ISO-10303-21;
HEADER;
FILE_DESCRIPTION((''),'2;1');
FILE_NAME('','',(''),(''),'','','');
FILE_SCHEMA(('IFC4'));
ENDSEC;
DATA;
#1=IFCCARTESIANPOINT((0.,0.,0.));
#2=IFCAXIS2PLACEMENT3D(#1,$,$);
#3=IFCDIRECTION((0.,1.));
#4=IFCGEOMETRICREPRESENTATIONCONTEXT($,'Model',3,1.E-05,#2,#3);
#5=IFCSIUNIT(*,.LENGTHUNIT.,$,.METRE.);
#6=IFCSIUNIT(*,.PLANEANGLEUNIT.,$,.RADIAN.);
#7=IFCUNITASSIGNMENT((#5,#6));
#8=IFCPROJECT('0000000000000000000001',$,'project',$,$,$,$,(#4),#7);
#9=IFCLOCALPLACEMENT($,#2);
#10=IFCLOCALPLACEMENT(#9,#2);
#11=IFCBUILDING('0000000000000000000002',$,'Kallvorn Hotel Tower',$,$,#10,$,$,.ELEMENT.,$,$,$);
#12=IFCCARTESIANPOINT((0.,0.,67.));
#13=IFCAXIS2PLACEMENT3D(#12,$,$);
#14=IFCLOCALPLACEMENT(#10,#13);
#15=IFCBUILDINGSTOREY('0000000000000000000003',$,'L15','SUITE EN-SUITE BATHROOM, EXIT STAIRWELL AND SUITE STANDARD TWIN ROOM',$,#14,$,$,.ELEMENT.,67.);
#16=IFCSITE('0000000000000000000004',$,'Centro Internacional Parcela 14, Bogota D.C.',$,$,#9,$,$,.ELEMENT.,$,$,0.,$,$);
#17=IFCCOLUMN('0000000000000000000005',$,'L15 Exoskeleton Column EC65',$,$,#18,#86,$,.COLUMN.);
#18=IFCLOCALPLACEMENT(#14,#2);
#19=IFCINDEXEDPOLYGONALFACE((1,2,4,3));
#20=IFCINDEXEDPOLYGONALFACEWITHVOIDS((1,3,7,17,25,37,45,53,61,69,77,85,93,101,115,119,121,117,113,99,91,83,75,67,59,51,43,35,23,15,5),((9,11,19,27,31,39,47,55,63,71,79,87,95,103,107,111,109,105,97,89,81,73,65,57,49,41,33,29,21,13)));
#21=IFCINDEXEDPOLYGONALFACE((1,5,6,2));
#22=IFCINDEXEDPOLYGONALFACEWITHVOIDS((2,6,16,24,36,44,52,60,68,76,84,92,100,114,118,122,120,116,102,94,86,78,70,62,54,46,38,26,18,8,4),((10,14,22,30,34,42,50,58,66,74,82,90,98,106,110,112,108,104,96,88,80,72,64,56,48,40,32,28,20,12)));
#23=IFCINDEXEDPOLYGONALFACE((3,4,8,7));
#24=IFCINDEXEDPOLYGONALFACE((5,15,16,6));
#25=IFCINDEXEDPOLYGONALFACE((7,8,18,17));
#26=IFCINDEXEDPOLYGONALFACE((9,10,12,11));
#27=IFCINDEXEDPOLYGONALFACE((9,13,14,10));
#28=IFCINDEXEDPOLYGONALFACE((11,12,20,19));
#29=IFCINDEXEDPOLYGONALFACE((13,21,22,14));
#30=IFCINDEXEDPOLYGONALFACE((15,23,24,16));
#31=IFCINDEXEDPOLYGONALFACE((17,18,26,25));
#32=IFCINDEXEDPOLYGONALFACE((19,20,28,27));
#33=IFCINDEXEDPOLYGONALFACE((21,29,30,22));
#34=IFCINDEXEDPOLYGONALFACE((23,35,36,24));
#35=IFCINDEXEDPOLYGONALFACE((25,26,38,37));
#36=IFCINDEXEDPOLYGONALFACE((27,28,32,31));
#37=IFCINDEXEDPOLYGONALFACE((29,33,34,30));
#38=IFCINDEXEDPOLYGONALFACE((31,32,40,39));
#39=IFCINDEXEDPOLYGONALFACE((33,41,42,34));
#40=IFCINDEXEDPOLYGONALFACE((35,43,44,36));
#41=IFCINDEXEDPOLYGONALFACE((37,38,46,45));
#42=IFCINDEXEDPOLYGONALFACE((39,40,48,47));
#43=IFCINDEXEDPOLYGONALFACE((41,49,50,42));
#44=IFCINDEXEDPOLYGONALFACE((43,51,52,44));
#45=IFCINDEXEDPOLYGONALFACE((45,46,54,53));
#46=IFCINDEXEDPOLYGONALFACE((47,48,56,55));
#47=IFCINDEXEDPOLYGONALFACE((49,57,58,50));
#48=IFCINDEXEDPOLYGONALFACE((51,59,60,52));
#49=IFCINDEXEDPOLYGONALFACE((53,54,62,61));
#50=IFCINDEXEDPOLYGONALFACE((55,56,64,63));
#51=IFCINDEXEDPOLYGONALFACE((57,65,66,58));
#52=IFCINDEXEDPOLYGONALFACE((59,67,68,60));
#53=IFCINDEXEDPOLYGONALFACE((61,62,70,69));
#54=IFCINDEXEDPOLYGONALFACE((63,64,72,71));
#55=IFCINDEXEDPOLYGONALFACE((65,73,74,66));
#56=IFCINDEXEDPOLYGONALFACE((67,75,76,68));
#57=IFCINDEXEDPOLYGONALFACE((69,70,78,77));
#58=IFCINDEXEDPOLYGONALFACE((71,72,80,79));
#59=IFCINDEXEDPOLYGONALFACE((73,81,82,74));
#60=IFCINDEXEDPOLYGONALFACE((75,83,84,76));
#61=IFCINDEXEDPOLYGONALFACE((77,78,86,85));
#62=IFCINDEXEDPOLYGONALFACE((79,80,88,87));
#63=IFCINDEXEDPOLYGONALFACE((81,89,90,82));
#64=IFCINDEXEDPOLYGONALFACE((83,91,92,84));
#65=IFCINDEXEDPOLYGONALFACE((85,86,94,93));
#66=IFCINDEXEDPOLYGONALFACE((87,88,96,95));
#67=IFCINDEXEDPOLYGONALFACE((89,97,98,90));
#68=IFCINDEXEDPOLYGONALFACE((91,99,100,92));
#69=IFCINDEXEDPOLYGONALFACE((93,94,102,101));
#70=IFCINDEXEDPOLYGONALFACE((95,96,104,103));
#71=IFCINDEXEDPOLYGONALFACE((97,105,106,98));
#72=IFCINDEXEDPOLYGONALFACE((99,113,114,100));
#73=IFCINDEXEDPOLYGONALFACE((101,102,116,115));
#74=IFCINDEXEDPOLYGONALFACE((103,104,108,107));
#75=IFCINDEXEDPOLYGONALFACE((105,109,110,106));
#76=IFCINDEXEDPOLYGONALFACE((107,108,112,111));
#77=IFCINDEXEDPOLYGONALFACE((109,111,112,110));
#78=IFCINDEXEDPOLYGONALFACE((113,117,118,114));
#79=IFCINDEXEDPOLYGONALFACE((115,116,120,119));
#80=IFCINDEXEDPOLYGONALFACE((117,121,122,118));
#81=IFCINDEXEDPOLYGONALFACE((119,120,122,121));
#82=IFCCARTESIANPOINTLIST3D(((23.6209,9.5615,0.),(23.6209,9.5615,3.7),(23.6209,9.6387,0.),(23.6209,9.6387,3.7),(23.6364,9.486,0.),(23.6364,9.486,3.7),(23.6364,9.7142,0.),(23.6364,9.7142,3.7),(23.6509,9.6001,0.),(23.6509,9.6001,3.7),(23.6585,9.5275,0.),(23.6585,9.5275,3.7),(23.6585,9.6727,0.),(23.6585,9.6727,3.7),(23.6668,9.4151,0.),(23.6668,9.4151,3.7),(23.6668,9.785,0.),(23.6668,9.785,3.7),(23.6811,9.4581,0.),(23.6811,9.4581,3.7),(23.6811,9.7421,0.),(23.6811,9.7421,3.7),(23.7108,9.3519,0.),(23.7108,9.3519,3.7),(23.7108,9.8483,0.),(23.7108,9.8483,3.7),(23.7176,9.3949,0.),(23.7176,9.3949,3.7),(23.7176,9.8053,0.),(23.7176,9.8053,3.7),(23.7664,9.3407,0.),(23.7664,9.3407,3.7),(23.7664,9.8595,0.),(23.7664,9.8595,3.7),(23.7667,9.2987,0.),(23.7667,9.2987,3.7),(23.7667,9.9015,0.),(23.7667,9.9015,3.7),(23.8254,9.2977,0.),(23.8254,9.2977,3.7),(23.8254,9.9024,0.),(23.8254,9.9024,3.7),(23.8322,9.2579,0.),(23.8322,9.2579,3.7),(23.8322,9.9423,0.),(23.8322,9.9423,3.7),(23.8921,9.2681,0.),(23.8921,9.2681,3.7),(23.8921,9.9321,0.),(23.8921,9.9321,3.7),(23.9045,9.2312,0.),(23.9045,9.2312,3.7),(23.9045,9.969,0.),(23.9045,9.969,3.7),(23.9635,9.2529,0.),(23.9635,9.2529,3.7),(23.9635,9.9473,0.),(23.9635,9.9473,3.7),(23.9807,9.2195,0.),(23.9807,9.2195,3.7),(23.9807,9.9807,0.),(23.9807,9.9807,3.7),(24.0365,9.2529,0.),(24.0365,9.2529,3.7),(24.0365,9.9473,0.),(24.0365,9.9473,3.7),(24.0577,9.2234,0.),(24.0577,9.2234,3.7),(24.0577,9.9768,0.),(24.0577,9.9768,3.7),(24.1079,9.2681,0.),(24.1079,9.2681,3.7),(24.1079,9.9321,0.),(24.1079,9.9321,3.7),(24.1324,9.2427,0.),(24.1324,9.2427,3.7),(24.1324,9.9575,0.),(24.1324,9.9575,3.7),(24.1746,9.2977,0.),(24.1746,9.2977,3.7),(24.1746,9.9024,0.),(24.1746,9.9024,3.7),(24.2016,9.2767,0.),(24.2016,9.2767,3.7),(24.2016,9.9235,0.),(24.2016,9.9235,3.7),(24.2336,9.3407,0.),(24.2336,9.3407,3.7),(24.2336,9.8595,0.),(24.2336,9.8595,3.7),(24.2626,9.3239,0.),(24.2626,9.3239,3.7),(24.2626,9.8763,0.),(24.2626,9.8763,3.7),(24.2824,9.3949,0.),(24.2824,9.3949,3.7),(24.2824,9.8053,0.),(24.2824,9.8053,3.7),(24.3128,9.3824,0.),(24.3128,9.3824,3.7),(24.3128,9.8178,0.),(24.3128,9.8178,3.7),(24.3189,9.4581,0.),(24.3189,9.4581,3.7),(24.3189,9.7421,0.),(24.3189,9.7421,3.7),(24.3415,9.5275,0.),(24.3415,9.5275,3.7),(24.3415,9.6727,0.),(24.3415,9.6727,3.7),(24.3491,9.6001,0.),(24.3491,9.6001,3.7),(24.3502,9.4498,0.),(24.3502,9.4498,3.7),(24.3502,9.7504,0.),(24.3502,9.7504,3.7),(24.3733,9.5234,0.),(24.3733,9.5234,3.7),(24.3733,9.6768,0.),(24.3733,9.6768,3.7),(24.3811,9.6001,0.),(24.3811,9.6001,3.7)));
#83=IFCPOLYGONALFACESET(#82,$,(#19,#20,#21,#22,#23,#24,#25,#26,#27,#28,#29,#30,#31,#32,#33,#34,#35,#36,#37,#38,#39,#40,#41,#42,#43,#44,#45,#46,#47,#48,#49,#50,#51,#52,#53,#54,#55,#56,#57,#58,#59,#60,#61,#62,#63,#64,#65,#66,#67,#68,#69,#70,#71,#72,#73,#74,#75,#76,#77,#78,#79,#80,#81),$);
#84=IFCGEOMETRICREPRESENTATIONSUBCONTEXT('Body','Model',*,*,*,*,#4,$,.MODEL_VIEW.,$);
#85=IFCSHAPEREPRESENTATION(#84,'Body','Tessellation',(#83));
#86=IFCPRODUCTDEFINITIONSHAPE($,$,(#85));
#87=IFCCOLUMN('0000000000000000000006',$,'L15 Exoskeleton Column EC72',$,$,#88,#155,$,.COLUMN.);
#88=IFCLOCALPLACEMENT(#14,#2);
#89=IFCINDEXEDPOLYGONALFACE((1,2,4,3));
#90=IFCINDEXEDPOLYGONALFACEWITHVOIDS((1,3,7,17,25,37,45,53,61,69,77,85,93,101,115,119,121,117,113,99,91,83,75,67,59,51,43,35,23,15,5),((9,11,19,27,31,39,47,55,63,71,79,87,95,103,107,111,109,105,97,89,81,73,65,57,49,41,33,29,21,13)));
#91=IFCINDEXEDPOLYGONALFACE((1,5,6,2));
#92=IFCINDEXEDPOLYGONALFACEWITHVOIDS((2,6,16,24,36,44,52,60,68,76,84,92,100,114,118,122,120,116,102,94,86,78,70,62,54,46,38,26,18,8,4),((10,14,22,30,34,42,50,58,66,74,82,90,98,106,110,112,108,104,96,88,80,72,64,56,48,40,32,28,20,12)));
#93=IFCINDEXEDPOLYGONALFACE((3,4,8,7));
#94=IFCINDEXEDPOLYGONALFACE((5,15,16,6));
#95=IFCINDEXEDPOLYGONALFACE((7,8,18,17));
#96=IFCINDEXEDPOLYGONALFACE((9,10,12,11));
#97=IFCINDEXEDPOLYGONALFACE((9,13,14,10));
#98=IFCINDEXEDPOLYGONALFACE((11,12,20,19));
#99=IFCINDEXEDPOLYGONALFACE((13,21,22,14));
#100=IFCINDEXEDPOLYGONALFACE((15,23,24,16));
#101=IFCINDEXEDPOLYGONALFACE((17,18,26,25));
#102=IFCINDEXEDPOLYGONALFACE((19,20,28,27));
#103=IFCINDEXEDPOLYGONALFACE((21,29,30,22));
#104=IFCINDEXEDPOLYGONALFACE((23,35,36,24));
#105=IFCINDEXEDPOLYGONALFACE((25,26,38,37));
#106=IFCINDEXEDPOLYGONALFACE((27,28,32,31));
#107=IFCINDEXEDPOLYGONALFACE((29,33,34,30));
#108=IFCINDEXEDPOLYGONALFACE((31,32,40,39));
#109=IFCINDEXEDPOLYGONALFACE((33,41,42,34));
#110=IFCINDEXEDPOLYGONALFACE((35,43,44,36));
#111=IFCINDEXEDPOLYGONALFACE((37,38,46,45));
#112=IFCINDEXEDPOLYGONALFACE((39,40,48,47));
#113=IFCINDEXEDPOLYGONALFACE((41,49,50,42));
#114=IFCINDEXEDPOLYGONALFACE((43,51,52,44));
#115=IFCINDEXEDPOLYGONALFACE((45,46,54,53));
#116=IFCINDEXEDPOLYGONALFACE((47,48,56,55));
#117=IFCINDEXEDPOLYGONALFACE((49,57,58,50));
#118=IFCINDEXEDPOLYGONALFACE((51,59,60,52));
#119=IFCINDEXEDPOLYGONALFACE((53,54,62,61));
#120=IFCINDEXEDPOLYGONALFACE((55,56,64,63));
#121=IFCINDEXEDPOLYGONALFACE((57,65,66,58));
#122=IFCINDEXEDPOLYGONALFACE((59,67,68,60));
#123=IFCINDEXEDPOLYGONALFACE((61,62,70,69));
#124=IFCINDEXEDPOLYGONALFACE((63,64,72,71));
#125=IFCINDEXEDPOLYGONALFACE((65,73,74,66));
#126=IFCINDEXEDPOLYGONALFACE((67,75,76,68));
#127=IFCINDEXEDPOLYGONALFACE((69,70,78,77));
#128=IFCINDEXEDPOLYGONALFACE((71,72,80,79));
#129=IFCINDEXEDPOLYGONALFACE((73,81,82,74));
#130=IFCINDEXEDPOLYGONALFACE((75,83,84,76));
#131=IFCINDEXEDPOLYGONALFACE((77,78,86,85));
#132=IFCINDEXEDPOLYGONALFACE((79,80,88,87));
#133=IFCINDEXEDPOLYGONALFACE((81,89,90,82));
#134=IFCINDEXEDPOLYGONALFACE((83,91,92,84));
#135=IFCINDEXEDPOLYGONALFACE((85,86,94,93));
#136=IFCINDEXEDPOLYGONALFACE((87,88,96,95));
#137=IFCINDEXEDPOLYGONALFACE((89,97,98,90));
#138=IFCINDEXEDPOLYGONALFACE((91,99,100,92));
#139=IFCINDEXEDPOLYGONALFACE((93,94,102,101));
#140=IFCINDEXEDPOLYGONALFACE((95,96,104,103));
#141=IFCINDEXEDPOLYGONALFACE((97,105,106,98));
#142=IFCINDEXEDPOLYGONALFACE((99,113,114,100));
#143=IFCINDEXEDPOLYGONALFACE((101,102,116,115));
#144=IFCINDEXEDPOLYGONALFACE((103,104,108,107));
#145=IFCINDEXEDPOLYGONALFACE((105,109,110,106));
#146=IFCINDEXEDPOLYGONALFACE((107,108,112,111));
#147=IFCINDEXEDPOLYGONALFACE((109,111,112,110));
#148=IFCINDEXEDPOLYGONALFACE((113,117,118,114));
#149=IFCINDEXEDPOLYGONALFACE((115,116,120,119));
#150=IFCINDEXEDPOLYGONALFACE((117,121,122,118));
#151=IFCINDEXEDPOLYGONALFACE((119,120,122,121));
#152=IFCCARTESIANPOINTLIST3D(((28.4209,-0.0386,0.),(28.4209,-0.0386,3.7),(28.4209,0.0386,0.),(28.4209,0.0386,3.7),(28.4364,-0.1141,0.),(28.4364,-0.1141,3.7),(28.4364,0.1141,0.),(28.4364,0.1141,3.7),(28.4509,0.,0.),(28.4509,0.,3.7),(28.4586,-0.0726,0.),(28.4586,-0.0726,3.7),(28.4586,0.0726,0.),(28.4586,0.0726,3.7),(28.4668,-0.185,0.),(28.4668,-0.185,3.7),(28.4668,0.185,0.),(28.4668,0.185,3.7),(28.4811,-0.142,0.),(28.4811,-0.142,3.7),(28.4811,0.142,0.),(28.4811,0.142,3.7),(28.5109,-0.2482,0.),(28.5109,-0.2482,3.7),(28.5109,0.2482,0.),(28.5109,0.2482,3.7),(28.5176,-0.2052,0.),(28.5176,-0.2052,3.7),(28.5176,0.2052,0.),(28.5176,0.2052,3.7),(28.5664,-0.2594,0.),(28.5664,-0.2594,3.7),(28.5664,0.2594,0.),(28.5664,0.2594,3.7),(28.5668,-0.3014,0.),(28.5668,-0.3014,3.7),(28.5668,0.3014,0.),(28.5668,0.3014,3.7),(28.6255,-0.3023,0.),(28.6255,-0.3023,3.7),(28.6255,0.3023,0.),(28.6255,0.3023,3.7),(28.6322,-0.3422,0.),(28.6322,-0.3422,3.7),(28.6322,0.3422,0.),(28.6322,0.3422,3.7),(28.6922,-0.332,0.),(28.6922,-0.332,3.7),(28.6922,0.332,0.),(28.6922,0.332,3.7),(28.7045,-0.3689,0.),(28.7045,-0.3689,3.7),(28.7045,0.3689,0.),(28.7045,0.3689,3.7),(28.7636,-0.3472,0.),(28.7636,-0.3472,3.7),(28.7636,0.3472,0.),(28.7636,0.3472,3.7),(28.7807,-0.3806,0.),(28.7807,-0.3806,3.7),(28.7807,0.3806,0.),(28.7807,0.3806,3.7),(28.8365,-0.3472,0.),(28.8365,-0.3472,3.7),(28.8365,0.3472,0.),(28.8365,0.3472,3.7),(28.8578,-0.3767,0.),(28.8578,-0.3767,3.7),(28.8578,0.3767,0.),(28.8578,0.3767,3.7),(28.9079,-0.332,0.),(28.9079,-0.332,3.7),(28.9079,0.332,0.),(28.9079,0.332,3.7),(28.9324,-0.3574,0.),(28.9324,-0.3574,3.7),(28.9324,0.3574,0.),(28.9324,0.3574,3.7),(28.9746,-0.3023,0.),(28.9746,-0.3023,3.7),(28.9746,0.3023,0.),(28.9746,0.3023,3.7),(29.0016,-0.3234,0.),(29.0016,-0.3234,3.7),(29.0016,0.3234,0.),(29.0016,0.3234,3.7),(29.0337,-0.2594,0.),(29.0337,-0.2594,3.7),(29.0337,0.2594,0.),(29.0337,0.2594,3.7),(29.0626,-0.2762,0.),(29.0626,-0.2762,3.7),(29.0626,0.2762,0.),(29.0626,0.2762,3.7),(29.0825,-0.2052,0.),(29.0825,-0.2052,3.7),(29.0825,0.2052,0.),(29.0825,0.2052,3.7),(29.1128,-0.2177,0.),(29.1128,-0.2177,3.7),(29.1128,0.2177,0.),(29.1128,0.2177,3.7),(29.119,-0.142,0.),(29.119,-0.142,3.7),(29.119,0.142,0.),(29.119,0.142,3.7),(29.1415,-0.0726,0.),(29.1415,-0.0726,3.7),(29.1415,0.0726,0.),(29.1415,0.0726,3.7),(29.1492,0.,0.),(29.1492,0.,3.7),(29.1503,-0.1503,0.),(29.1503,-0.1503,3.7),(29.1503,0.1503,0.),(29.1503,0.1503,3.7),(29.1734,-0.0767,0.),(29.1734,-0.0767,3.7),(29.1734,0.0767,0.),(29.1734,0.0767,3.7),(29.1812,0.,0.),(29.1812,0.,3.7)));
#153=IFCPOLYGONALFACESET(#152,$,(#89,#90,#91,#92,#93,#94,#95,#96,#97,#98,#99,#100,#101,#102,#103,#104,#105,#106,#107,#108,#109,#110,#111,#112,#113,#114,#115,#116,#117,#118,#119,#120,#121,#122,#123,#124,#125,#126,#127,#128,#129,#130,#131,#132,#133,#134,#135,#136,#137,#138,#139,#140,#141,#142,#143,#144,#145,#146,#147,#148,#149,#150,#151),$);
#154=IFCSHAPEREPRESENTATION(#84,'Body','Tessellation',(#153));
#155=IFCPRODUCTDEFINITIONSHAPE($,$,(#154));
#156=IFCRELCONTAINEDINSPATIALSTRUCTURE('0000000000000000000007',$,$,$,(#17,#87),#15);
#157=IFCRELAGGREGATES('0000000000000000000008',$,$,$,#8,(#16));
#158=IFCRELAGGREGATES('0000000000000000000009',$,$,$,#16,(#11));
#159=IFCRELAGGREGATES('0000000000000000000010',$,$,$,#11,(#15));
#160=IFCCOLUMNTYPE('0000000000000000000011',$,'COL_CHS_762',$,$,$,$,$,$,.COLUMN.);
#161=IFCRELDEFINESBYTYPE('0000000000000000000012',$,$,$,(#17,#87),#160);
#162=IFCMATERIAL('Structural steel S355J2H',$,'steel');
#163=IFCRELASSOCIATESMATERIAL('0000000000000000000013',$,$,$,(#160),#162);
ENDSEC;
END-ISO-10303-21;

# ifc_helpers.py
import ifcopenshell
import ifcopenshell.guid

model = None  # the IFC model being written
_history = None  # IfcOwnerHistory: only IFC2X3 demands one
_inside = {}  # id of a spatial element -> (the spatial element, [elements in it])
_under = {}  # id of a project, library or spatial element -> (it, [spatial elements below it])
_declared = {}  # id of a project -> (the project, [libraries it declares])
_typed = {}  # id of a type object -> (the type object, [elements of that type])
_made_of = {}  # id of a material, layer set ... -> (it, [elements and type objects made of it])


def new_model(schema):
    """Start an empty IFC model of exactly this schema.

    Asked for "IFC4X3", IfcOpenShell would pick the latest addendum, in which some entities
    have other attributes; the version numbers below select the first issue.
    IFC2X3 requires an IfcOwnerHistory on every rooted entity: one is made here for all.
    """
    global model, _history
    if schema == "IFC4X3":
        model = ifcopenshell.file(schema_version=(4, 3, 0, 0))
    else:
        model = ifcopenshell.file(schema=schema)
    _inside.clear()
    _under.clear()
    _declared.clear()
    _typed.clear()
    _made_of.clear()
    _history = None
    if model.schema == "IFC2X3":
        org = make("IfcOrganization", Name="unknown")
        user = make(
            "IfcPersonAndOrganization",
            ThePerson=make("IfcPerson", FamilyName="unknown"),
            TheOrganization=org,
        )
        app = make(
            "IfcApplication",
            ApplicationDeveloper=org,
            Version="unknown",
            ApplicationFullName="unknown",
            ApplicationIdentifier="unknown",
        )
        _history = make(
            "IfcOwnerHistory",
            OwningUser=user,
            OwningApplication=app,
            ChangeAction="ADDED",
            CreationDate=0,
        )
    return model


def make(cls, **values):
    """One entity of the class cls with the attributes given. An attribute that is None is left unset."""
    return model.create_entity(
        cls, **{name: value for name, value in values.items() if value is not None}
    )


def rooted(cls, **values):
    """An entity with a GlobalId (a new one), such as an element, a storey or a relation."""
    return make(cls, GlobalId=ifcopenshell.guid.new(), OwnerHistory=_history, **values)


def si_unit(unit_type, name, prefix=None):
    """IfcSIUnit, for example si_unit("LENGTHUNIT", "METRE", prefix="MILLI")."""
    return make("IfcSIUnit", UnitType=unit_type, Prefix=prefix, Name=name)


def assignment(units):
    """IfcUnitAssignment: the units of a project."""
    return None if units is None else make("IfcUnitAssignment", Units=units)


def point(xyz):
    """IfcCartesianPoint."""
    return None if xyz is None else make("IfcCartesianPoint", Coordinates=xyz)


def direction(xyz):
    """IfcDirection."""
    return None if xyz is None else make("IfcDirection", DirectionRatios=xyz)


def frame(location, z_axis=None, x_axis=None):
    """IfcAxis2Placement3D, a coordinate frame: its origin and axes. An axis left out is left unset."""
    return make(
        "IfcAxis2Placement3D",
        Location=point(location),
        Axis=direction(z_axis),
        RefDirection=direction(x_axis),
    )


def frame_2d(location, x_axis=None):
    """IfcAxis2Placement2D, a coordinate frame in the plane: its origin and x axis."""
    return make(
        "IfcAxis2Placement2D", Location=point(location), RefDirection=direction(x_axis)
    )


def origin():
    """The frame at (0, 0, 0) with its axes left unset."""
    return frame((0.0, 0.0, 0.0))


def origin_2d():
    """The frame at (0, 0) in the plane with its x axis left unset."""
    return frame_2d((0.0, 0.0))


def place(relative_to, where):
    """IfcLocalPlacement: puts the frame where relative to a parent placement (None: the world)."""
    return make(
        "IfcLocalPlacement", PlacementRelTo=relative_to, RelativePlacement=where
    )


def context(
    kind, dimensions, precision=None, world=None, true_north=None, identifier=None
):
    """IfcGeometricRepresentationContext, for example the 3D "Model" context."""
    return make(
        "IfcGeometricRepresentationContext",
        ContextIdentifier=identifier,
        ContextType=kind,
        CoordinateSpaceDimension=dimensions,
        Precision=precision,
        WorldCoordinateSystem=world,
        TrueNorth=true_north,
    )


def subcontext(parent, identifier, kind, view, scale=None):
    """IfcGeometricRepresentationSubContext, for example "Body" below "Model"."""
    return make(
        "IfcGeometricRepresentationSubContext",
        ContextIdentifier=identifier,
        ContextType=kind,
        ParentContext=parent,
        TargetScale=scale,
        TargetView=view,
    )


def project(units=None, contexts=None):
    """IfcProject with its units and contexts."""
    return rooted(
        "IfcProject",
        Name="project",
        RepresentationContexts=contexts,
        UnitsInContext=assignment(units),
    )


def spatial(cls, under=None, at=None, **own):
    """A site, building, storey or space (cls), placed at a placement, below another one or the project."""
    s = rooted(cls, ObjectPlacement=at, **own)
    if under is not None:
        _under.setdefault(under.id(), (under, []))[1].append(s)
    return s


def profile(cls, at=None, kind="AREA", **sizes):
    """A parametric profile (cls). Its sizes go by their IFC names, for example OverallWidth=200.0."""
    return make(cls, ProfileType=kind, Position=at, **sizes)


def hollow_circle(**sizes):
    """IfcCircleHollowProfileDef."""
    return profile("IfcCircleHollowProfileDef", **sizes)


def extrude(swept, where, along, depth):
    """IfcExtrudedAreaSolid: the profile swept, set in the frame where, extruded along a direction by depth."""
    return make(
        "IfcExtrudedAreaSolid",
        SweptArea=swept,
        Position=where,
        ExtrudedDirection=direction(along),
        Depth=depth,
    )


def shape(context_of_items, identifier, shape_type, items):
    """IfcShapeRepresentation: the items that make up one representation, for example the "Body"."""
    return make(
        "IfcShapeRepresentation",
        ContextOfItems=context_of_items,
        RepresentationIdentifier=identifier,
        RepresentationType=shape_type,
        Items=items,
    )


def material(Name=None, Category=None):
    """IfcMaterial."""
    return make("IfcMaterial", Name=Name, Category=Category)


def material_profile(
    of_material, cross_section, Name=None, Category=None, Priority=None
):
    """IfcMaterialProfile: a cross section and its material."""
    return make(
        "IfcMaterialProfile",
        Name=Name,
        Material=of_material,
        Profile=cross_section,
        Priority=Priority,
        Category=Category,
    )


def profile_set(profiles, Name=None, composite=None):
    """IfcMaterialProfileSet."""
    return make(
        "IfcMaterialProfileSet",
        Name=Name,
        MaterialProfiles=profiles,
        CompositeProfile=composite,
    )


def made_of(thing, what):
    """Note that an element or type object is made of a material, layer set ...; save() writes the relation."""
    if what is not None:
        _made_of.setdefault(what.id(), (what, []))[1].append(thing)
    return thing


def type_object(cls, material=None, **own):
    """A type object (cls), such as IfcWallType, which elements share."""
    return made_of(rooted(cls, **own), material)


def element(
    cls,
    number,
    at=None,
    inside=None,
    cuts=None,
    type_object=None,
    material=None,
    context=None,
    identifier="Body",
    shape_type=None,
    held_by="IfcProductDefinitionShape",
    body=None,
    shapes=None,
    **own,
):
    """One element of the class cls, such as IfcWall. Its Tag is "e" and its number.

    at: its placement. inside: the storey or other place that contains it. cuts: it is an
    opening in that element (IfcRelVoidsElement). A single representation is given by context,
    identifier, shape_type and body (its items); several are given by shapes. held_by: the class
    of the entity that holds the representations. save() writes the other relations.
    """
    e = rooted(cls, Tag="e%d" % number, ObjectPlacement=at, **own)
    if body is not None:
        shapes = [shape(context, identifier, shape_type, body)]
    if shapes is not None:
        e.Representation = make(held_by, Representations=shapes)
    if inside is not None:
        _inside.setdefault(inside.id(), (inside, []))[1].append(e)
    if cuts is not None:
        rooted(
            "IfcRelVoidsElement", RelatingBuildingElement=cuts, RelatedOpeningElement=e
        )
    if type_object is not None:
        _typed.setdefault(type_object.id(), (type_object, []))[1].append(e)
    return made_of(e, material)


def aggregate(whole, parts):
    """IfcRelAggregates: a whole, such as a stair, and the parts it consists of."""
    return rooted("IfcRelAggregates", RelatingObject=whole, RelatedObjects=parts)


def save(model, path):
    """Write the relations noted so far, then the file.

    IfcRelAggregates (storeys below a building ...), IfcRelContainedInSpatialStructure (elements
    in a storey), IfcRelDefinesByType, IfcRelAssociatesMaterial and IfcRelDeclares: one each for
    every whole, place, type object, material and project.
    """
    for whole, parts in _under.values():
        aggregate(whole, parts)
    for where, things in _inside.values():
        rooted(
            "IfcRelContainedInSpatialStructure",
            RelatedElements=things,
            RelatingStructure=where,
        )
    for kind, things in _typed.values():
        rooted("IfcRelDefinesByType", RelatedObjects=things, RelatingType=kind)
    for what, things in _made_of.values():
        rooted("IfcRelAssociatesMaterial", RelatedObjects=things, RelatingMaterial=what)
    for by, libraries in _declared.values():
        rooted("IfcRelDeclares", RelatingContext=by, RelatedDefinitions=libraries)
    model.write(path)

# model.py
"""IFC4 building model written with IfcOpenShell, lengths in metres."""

from ifc_helpers import new_model, si_unit, direction, frame, origin, origin_2d, place, context, subcontext, project, spatial, hollow_circle, extrude, material, material_profile, profile_set, type_object, element, save


model = new_model("IFC4")

# Units and contexts
model_context = context("Model", 3, precision=1e-05, world=origin(), true_north=direction((0.0, 1.0)))
body_context = subcontext(model_context, "Body", "Model", "MODEL_VIEW")
ifc_project = project(units=[si_unit("LENGTHUNIT", "METRE"), si_unit("PLANEANGLEUNIT", "RADIAN")], contexts=[model_context])

# Site, building, storey
site_placement = place(None, origin())
site = spatial("IfcSite", under=ifc_project, at=site_placement, Name="Centro Internacional Parcela 14, Bogota D.C.", CompositionType="ELEMENT", RefElevation=0.0)
building_placement = place(site_placement, origin())
building = spatial("IfcBuilding", under=site, at=building_placement, Name="Kallvorn Hotel Tower", CompositionType="ELEMENT")
storey_placement = place(building_placement, frame((0.0, 0.0, 67.0)))
storey = spatial("IfcBuildingStorey", under=building, at=storey_placement, Name="L15", Description="SUITE EN-SUITE BATHROOM, EXIT STAIRWELL AND SUITE STANDARD TWIN ROOM", CompositionType="ELEMENT", Elevation=67.0)

# Columns
ifc_material_1 = material(Name="Structural steel S355J2H", Category="steel")
ifc_material_profile_1 = material_profile(ifc_material_1, hollow_circle(Radius=0.3811, WallThickness=0.032, at=origin_2d()), Name="CHS 762x32")
ifc_profile_set_1 = profile_set([ifc_material_profile_1], Name="Structural steel S355J2H")
column_type_1 = type_object("IfcColumnType", Name="COL_CHS_762", PredefinedType="COLUMN", material=ifc_profile_set_1)
for number, where, z_axis, x_axis, name in (
    (1, (24.0, 9.6001, 0.0), (0.0, 0.0, 1.0), (1.0, 0.0, 0.0), "L15 Exoskeleton Column EC65"),
    (2, (28.8, 0.0, 0.0), (0.0, 0.0, 1.0), (1.0, 0.0, 0.0), "L15 Exoskeleton Column EC72"),
):
    element("IfcColumn", number, at=place(storey_placement, frame(where, z_axis=z_axis, x_axis=x_axis)), inside=storey, type_object=column_type_1, Name=name, PredefinedType="COLUMN", context=body_context, shape_type="SweptSolid", body=[
        extrude(hollow_circle(Radius=0.3811, WallThickness=0.032, at=origin_2d()), origin(), (0.0, 0.0, 1.0), 3.7),
    ])

save(model, "model.ifc")
